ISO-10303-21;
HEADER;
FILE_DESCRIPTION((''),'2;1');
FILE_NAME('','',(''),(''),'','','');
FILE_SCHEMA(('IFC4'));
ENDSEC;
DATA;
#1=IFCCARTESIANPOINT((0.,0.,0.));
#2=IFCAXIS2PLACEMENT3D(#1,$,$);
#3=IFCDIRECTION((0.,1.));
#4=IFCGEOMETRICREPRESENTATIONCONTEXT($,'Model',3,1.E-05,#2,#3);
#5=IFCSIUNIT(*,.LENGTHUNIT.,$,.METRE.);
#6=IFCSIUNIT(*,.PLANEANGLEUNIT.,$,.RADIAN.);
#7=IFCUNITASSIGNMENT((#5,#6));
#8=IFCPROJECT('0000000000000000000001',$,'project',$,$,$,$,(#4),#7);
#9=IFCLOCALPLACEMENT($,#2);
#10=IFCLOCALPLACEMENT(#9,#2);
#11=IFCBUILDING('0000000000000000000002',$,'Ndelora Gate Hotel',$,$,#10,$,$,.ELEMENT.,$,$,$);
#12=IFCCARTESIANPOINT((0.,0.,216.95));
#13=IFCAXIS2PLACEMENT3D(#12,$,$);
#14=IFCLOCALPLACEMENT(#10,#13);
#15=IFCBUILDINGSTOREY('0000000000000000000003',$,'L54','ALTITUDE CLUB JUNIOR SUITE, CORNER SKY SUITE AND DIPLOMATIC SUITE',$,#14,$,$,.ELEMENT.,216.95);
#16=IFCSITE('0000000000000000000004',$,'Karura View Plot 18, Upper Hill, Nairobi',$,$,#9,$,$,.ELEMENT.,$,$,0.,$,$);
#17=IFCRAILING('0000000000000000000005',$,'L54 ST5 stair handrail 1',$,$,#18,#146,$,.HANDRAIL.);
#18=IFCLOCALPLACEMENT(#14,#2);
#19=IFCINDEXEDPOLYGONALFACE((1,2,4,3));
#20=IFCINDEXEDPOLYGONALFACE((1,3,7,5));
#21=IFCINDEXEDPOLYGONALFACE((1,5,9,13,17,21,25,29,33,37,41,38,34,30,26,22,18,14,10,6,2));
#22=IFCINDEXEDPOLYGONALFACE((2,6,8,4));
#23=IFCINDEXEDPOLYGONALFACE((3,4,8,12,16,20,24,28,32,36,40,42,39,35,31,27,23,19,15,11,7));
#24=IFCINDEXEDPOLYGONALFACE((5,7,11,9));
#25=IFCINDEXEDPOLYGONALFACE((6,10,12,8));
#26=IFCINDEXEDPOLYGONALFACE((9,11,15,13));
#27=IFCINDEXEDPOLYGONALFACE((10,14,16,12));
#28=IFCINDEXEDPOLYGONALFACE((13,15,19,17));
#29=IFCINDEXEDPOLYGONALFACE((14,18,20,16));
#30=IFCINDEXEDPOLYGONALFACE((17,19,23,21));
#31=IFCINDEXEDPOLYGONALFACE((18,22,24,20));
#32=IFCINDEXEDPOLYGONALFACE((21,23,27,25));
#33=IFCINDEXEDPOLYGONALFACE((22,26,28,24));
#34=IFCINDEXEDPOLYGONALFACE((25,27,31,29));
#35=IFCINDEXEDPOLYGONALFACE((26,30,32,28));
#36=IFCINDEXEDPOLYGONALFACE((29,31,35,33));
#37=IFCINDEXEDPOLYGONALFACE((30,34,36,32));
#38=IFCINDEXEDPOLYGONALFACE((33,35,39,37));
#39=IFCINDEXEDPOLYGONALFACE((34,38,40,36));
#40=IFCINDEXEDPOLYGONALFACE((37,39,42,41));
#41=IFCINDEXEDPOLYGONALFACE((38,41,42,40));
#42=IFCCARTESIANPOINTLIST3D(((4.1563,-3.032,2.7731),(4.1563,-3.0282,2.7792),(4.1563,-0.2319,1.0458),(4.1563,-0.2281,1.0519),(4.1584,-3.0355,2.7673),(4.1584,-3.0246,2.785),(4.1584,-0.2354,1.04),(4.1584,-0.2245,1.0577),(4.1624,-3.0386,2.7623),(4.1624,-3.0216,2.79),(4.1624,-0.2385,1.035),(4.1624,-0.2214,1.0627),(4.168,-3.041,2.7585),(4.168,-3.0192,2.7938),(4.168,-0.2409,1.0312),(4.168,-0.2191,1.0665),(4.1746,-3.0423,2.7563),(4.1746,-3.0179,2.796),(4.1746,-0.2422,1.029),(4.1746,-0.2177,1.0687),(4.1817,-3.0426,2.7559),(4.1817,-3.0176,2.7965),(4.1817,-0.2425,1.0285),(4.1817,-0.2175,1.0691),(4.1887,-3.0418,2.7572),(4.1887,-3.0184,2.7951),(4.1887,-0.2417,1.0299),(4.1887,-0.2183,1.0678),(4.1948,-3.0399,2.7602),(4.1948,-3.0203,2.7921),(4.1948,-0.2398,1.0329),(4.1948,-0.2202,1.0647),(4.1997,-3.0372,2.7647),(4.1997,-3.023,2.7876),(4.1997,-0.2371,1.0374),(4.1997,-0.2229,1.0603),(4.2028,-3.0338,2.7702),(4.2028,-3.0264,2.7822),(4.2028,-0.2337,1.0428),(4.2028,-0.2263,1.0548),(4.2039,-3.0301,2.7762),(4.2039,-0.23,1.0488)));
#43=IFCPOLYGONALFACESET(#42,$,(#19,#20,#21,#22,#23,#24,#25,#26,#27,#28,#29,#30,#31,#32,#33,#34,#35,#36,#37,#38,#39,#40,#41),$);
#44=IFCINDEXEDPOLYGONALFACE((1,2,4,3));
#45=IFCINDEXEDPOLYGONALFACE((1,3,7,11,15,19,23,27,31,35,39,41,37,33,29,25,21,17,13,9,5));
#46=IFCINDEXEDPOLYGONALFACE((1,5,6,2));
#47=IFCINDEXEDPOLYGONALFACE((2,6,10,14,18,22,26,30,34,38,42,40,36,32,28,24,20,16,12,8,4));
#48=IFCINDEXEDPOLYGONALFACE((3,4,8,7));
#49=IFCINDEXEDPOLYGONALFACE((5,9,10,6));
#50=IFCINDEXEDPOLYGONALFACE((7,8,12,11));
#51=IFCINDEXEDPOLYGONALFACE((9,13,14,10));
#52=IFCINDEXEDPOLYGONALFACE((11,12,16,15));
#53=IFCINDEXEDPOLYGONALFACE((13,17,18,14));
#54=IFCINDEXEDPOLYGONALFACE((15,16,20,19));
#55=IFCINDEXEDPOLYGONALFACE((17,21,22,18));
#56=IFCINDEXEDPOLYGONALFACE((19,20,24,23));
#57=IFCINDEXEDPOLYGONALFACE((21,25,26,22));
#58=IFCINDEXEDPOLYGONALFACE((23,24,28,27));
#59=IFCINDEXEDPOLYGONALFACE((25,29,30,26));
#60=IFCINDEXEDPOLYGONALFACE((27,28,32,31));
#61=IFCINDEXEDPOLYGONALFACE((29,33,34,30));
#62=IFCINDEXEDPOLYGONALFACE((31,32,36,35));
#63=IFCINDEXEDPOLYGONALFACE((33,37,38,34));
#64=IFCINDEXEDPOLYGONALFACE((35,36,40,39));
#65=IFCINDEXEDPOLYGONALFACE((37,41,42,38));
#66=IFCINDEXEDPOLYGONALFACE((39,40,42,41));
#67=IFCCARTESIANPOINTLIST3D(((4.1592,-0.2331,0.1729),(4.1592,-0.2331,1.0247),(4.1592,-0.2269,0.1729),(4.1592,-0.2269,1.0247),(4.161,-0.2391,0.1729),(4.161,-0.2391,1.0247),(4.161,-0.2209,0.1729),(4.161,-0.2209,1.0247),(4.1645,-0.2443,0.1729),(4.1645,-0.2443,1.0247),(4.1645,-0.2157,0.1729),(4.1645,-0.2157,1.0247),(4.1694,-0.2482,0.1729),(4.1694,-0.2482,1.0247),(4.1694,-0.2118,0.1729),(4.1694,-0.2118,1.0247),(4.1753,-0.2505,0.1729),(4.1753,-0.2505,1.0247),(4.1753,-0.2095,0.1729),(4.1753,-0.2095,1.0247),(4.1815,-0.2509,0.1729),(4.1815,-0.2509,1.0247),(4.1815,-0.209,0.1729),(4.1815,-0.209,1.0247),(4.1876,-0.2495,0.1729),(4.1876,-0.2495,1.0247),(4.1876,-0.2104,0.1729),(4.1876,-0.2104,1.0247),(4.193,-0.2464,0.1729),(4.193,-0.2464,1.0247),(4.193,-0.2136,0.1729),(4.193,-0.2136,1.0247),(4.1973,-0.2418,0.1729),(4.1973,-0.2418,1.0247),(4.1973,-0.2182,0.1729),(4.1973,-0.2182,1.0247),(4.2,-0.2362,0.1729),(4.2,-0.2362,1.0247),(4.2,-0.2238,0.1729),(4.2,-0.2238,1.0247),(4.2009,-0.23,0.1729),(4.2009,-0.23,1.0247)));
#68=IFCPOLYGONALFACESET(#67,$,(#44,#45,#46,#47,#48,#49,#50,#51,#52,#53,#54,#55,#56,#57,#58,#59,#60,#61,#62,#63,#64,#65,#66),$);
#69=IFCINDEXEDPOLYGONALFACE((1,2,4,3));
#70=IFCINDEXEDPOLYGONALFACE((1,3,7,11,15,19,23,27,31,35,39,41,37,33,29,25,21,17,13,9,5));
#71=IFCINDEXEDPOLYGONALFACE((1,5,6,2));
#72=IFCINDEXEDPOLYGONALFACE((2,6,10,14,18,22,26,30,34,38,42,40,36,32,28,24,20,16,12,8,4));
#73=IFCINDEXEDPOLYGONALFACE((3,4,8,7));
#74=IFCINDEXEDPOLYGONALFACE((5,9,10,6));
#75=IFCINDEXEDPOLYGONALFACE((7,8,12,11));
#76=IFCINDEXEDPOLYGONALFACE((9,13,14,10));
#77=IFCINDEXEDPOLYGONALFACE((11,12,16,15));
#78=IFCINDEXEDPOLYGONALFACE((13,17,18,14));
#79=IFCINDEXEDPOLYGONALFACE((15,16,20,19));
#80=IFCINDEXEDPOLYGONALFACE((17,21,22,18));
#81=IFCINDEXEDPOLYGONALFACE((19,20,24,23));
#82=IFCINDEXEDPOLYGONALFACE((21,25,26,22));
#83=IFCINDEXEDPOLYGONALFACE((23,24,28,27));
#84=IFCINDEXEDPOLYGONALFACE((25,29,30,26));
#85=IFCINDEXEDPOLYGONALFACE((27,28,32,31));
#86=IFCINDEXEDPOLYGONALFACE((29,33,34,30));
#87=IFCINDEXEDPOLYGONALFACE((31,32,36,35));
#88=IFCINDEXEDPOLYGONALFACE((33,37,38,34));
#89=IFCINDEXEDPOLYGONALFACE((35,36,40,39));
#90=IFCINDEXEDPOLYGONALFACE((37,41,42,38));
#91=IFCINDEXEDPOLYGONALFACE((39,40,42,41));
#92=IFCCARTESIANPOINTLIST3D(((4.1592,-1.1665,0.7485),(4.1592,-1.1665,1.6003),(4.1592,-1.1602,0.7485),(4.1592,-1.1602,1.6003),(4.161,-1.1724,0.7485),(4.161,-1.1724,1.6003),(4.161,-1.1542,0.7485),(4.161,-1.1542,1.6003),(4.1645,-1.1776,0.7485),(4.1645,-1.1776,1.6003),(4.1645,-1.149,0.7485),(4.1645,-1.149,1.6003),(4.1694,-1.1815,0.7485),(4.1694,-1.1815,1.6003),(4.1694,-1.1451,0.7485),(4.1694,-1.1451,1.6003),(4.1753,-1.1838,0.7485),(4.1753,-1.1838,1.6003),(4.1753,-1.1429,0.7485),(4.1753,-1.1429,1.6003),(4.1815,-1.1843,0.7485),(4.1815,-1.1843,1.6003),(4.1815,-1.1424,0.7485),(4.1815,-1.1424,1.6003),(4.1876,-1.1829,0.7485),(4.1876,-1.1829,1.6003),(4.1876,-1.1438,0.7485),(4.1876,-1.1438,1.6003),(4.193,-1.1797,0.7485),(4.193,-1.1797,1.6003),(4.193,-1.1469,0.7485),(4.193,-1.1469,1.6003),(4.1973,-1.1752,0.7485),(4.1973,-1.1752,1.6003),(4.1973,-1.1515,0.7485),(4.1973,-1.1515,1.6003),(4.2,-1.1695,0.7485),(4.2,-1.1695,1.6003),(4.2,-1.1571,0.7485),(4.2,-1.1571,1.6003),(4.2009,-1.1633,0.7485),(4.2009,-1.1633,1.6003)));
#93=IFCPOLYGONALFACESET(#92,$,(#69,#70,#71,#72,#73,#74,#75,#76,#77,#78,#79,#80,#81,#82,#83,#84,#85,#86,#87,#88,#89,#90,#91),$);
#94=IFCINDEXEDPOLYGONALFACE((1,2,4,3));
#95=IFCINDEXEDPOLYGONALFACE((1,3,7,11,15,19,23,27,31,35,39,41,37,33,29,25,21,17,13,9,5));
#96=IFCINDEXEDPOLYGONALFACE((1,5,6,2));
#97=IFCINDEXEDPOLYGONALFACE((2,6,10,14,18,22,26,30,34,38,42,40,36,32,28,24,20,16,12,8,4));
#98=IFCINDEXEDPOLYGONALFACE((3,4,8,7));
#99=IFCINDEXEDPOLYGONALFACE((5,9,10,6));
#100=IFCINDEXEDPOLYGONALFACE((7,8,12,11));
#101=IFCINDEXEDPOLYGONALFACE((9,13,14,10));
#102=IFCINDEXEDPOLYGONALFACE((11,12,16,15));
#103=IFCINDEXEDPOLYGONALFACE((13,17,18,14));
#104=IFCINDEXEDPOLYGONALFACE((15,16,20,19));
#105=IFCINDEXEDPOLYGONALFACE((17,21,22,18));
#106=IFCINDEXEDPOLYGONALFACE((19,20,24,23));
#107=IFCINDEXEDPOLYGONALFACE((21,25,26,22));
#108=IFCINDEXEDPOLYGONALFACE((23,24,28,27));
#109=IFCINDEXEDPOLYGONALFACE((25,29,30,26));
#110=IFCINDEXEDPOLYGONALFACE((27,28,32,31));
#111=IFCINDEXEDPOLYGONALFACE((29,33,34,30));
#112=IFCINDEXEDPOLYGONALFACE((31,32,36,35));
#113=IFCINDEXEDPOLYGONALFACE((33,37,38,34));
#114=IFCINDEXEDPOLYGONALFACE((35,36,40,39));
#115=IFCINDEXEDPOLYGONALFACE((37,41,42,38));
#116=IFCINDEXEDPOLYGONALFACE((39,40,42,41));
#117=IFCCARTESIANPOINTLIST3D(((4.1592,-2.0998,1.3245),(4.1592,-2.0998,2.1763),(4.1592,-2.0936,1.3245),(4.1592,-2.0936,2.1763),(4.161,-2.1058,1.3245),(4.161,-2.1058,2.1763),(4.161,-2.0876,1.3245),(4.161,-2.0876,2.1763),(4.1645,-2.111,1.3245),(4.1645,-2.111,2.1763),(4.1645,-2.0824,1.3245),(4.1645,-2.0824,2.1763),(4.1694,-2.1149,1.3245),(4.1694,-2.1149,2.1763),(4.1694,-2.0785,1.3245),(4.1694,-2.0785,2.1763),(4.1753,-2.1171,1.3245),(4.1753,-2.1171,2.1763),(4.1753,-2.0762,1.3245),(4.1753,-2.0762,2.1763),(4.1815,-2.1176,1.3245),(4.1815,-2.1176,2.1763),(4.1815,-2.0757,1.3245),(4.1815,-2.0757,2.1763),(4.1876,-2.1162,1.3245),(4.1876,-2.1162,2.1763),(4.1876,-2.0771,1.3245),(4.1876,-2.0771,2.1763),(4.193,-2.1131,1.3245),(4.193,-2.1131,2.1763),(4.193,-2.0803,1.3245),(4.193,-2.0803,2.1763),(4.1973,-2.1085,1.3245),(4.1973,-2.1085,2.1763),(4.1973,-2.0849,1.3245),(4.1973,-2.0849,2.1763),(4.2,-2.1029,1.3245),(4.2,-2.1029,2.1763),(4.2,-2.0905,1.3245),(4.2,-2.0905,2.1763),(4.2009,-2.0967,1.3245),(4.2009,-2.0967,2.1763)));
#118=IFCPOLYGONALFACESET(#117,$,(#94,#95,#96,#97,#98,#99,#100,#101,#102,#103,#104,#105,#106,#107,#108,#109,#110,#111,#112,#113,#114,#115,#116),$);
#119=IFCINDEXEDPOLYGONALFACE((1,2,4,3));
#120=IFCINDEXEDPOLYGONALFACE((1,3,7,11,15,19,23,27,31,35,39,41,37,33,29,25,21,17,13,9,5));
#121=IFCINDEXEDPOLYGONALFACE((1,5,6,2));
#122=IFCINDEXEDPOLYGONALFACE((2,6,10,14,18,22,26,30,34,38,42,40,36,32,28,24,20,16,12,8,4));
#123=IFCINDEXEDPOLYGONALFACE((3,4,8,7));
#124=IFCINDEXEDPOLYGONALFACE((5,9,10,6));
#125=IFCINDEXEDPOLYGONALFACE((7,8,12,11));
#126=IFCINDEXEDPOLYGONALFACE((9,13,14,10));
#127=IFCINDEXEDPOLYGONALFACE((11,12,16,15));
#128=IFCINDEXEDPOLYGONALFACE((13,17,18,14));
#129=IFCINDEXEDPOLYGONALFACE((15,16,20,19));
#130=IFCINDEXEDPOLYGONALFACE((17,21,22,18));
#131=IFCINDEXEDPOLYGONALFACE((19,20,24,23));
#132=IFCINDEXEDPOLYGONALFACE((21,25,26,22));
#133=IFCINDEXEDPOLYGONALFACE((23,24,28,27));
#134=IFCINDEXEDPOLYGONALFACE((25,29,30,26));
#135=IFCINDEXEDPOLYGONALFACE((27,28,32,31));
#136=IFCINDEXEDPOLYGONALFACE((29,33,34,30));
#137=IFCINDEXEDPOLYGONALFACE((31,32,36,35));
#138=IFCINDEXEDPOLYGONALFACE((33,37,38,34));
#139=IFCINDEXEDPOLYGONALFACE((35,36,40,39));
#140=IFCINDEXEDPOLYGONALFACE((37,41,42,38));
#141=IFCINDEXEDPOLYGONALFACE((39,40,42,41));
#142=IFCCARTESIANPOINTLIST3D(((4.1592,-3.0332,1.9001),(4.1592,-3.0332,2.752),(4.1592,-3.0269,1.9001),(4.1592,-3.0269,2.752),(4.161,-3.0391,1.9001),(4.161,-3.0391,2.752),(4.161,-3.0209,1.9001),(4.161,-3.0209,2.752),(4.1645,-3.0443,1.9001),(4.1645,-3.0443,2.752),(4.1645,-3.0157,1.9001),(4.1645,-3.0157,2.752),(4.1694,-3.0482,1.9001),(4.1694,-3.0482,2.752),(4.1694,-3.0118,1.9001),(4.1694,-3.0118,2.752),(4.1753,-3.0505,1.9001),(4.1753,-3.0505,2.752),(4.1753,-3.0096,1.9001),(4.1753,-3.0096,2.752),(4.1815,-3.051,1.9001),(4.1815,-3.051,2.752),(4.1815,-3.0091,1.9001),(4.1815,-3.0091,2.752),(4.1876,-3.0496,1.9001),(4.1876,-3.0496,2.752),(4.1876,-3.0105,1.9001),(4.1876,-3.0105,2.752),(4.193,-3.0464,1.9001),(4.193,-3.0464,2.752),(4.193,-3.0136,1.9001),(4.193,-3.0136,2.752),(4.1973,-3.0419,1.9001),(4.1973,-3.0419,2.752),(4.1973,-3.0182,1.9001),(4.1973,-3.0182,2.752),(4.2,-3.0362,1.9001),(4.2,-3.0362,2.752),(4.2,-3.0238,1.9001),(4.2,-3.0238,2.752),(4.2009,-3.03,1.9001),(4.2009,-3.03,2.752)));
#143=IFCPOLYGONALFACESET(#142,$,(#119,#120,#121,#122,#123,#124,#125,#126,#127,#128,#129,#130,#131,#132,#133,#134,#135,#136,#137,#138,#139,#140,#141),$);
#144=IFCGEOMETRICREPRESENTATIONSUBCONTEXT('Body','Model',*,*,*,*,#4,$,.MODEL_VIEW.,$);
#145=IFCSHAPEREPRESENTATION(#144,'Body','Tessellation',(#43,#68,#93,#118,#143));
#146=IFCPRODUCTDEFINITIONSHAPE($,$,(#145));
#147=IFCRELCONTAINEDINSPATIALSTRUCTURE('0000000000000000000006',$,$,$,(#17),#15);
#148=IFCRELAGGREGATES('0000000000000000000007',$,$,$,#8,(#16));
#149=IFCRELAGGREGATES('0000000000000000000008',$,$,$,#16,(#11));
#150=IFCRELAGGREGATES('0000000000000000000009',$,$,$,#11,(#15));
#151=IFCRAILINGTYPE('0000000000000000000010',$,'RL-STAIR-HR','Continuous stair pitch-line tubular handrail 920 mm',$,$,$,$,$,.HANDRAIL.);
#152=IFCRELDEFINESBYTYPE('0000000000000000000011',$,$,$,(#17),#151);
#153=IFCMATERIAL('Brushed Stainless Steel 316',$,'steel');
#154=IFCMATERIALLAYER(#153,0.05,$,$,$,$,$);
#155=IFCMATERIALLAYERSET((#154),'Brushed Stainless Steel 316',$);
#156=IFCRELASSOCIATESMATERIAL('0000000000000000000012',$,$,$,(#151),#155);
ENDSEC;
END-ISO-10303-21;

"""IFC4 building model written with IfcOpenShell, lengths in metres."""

from ifc_helpers import new_model, si_unit, direction, frame, origin, origin_2d, place, context, subcontext, project, spatial, circle, extrude, material, layer, layer_set, type_object, element, save


model = new_model("IFC4")

# Units and contexts
model_context = context("Model", 3, precision=1e-05, world=origin(), true_north=direction((0.0, 1.0)))
body_context = subcontext(model_context, "Body", "Model", "MODEL_VIEW")
ifc_project = project(units=[si_unit("LENGTHUNIT", "METRE"), si_unit("PLANEANGLEUNIT", "RADIAN")], contexts=[model_context])

# Site, building, storey
site_placement = place(None, origin())
site = spatial("IfcSite", under=ifc_project, at=site_placement, Name="Karura View Plot 18, Upper Hill, Nairobi", CompositionType="ELEMENT", RefElevation=0.0)
building_placement = place(site_placement, origin())
building = spatial("IfcBuilding", under=site, at=building_placement, Name="Ndelora Gate Hotel", CompositionType="ELEMENT")
storey_placement = place(building_placement, frame((0.0, 0.0, 216.95)))
storey = spatial("IfcBuildingStorey", under=building, at=storey_placement, Name="L54", Description="ALTITUDE CLUB JUNIOR SUITE, CORNER SKY SUITE AND DIPLOMATIC SUITE", CompositionType="ELEMENT", Elevation=216.95)

# Railing
ifc_material_1 = material(Name="Brushed Stainless Steel 316", Category="steel")
ifc_layer_1 = layer(ifc_material_1, 0.05)
ifc_layer_set_1 = layer_set([ifc_layer_1], Name="Brushed Stainless Steel 316")
railing_type_1 = type_object("IfcRailingType", Name="RL-STAIR-HR", Description="Continuous stair pitch-line tubular handrail 920 mm", PredefinedType="HANDRAIL", material=ifc_layer_set_1)
railing_1_placement = place(storey_placement, frame((4.1799, -0.23, 0.1729)))
element("IfcRailing", 1, at=railing_1_placement, inside=storey, type_object=railing_type_1, Name="L54 ST5 stair handrail 1", PredefinedType="HANDRAIL", context=body_context, shape_type="SweptSolid", body=[
    extrude(circle(Radius=0.0239, at=origin_2d()), frame((0.0, 0.0, 0.876), z_axis=(0.0, -0.85109, 0.52502), x_axis=(1.0, 0.0, 0.0)), (0.0, 0.0, 1.0), 3.29),
    extrude(circle(Radius=0.021, at=origin_2d()), origin(), (0.0, 0.0, 1.0), 0.8518),
    extrude(circle(Radius=0.021, at=origin_2d()), frame((0.0, -0.9333, 0.5757)), (0.0, 0.0, 1.0), 0.8518),
    extrude(circle(Radius=0.021, at=origin_2d()), frame((0.0, -1.8667, 1.1516)), (0.0, 0.0, 1.0), 0.8518),
    extrude(circle(Radius=0.021, at=origin_2d()), frame((0.0, -2.8, 1.7273)), (0.0, 0.0, 1.0), 0.8518),
])

save(model, "model.ifc")
